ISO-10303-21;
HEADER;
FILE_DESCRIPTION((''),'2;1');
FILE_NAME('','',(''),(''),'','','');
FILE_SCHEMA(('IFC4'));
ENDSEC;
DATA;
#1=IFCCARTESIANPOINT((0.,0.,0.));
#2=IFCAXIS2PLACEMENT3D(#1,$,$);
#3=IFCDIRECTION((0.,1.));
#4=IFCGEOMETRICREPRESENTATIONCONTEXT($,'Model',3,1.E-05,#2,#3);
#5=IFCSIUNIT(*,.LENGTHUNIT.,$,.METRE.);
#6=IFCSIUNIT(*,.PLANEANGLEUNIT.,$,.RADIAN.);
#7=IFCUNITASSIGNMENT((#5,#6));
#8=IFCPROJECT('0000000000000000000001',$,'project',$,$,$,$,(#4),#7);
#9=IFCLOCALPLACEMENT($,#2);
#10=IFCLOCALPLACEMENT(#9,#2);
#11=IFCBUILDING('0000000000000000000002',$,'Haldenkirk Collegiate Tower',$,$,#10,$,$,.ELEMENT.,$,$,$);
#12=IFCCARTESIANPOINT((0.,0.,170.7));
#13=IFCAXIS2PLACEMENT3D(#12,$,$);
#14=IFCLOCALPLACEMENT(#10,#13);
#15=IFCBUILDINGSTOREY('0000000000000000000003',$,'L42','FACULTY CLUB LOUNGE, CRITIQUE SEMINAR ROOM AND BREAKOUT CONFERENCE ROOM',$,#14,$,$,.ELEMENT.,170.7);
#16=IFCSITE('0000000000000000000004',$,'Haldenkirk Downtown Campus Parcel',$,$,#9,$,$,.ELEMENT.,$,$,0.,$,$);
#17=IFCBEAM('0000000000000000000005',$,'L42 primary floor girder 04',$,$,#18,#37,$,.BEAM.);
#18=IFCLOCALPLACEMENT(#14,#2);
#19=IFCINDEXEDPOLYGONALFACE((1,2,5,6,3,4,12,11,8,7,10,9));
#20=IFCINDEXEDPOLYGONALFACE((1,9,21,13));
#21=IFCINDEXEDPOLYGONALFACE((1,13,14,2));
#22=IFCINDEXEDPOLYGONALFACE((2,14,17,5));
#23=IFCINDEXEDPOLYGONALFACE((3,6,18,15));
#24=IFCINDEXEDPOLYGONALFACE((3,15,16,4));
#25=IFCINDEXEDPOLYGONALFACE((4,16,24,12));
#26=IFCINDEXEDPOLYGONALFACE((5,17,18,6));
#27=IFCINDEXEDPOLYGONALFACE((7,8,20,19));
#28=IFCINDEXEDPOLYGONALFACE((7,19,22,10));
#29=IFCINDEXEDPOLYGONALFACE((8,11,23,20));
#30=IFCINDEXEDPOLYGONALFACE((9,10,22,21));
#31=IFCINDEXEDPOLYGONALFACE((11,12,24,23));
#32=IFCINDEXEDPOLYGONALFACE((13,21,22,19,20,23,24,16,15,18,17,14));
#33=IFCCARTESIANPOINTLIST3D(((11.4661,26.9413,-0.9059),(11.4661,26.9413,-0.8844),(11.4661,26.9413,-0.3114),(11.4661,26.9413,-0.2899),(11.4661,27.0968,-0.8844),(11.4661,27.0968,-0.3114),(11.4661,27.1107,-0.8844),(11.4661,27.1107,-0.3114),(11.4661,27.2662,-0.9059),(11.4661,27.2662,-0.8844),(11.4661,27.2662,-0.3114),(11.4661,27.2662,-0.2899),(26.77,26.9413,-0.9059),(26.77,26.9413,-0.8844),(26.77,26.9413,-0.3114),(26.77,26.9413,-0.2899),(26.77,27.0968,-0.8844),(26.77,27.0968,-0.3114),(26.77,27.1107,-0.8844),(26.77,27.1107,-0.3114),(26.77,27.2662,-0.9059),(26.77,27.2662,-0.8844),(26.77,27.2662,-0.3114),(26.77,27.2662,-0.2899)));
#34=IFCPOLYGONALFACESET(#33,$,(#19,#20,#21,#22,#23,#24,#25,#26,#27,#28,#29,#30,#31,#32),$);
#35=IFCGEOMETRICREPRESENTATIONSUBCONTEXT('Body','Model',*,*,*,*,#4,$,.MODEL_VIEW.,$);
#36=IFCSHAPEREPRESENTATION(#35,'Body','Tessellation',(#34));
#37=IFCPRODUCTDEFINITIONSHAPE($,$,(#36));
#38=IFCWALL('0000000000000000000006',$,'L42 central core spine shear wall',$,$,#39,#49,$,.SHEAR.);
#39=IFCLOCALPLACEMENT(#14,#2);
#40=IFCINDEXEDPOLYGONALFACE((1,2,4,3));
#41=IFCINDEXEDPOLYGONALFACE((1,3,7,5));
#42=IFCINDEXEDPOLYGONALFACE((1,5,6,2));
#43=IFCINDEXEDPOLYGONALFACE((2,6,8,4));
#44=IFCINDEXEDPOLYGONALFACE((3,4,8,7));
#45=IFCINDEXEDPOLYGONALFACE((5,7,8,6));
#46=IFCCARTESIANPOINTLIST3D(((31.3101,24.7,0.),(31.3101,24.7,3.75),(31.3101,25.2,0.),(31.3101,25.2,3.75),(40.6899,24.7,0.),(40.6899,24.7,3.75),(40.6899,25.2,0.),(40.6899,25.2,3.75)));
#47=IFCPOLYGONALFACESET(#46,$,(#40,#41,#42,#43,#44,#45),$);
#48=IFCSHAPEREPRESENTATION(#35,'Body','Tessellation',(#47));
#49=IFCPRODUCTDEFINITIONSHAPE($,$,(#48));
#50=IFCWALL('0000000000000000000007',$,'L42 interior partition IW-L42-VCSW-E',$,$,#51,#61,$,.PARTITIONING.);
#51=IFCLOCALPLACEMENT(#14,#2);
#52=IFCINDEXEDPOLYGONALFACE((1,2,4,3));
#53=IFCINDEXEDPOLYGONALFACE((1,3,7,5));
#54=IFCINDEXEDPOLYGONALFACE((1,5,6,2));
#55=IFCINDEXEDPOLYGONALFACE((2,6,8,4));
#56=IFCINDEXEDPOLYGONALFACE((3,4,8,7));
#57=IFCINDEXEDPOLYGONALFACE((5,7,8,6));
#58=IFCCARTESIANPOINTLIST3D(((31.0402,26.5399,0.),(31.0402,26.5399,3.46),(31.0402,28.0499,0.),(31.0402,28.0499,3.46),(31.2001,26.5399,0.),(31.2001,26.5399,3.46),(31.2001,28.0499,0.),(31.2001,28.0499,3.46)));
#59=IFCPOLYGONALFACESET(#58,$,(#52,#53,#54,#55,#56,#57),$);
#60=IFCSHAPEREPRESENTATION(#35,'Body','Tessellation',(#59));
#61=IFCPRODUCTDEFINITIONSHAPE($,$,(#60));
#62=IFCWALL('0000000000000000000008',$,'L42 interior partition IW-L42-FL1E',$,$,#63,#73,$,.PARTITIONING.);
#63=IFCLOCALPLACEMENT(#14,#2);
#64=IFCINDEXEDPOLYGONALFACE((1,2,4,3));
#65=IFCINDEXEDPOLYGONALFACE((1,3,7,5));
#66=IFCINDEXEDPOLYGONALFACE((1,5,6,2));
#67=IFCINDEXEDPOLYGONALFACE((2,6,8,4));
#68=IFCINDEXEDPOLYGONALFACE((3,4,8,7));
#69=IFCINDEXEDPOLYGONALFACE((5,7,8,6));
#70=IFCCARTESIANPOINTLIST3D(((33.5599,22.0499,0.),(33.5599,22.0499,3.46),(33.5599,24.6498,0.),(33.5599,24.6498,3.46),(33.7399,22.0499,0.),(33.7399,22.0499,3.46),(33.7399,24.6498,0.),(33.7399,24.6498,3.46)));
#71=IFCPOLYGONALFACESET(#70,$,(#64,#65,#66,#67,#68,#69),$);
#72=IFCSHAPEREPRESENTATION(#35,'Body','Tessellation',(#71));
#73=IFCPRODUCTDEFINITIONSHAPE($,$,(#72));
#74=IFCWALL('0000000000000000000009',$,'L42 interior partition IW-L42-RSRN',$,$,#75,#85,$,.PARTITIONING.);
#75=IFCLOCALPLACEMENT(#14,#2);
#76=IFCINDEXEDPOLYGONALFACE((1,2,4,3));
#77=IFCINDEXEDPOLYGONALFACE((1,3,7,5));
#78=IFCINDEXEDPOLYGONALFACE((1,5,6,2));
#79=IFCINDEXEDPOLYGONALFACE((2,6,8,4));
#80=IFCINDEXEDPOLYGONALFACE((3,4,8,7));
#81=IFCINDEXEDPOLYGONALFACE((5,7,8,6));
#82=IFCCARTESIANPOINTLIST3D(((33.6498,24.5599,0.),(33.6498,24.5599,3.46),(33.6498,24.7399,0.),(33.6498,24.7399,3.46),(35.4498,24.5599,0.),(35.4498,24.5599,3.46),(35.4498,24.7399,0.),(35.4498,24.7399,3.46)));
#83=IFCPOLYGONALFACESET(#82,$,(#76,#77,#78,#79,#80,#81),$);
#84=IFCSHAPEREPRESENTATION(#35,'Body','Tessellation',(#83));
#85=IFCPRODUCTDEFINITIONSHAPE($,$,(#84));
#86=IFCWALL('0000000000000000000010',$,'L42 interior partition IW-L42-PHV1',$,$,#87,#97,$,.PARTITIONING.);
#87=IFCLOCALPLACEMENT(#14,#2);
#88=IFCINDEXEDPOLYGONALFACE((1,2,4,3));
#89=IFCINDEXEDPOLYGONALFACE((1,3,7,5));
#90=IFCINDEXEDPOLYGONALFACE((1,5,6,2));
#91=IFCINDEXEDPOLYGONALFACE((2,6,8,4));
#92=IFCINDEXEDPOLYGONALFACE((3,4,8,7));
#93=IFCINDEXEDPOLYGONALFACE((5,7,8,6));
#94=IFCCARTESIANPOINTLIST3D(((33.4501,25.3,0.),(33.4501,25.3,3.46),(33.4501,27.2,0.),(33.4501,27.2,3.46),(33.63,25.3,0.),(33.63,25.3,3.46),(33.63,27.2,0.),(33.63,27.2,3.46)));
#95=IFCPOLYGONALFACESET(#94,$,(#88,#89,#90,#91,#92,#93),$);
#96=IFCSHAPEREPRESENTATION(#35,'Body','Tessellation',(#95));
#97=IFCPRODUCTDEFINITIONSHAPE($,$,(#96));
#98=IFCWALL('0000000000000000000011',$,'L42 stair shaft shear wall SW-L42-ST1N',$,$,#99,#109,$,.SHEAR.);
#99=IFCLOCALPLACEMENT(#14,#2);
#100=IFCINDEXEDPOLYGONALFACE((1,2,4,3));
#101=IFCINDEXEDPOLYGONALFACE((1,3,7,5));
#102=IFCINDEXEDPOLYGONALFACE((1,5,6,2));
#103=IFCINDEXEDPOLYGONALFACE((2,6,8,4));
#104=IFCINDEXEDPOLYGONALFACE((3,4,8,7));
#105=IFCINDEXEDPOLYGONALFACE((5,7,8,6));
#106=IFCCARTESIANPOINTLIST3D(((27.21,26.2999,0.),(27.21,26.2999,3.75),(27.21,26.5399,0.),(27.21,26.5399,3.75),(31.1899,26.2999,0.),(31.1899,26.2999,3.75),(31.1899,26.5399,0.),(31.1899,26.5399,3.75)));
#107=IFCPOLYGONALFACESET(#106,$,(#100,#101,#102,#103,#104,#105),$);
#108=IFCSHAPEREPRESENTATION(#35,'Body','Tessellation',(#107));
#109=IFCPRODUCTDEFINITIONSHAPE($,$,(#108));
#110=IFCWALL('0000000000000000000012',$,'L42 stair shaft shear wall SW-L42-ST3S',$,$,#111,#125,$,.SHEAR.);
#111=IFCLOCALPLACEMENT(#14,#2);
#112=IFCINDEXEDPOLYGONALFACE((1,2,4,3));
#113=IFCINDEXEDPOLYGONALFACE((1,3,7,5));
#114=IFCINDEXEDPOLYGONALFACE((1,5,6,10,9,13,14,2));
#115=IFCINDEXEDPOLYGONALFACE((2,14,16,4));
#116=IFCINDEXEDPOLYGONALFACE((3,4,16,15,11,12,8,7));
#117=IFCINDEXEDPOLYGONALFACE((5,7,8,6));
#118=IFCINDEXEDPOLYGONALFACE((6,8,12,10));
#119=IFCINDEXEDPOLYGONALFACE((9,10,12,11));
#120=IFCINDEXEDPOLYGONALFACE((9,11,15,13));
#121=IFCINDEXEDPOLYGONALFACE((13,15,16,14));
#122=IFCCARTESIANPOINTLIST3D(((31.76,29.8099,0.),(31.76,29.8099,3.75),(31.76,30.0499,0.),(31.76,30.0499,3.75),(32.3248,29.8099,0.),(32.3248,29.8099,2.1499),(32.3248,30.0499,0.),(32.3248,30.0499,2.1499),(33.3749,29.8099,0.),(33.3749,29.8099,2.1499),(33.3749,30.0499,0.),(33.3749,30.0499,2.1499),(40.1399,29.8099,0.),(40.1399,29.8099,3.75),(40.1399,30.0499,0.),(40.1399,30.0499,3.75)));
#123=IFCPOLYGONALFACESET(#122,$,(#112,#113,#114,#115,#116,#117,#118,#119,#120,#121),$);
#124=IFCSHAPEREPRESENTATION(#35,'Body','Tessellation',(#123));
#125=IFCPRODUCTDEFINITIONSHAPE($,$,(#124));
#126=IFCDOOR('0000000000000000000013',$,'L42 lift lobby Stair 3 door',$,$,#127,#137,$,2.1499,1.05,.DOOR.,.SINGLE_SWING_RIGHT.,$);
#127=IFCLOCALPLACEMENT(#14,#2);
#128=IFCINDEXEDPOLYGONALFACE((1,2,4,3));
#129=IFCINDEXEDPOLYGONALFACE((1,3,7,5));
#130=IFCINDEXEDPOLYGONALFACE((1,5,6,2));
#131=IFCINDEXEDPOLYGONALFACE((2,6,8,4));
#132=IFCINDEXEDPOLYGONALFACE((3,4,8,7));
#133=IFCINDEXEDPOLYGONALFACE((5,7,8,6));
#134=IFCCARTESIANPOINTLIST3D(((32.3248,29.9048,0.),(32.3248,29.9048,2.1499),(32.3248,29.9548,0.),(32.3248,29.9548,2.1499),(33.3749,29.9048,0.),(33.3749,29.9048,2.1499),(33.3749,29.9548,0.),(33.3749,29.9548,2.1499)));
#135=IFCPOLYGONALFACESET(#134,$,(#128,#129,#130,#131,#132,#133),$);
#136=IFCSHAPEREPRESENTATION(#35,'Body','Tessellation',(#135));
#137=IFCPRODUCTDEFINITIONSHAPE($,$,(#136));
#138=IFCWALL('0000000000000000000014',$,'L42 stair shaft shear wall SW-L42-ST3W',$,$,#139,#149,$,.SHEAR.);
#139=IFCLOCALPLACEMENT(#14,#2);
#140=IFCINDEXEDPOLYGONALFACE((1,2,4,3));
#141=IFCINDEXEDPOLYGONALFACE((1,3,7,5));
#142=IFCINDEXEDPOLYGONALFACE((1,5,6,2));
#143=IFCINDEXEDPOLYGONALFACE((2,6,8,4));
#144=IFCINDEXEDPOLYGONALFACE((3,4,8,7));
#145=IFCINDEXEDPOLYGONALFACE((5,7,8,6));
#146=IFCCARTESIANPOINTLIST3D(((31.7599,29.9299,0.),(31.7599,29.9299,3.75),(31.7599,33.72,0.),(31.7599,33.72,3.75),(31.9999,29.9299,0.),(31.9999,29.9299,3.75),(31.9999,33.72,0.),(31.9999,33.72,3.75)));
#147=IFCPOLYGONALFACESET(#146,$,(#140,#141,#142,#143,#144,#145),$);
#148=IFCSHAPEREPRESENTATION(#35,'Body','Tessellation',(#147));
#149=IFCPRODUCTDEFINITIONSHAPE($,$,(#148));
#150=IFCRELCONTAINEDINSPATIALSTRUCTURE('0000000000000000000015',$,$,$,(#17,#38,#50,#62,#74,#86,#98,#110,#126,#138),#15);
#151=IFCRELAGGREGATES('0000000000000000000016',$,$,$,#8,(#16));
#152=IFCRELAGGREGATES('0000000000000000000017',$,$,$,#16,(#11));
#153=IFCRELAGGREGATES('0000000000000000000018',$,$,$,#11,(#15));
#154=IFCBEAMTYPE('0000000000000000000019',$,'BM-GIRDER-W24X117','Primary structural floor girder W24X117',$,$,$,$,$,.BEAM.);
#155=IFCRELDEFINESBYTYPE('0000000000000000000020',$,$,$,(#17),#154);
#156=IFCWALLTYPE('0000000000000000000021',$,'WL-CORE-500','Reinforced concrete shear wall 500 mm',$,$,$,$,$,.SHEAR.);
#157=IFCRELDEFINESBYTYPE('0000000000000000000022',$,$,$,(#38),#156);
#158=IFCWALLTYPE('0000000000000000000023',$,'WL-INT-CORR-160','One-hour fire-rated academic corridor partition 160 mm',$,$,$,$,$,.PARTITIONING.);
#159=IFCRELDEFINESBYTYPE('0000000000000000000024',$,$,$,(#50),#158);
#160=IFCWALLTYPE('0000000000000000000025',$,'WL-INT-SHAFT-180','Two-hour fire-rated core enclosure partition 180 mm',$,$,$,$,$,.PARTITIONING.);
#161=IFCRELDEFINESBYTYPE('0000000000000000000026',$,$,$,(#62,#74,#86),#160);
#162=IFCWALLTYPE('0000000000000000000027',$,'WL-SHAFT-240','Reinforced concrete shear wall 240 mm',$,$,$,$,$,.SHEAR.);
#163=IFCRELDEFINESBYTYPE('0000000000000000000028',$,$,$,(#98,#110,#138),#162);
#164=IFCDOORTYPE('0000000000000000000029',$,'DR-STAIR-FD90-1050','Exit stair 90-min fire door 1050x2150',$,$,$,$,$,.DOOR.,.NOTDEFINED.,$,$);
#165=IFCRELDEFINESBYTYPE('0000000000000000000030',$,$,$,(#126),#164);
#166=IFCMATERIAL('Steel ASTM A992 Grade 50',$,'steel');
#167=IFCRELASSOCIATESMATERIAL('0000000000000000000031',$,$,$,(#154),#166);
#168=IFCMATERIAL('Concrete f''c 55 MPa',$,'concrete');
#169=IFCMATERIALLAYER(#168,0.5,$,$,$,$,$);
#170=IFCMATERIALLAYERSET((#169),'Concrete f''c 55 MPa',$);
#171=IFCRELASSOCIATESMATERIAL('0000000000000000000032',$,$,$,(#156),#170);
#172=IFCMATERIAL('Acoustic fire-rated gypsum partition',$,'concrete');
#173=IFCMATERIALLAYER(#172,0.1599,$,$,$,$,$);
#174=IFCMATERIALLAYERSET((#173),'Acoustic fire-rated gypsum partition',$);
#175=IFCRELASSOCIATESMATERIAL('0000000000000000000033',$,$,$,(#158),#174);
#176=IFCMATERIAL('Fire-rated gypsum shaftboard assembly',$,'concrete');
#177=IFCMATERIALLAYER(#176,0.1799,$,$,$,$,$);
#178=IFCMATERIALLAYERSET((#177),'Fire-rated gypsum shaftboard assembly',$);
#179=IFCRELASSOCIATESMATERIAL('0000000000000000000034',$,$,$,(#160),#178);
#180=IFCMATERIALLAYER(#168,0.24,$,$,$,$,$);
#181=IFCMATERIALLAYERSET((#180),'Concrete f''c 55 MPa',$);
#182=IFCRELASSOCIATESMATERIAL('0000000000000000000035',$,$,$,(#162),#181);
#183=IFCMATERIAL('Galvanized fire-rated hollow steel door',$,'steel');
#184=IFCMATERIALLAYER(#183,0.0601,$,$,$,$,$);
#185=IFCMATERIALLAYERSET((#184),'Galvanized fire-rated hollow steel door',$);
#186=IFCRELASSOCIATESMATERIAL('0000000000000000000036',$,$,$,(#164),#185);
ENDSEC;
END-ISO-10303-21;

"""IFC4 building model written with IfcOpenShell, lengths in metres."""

from ifc_helpers import new_model, si_unit, direction, frame, frame_2d, origin, origin_2d, place, context, subcontext, project, spatial, rectangle, i_section, extrude, material, layer, layer_set, material_profile, profile_set, type_object, element, fill, save


model = new_model("IFC4")

# Units and contexts
model_context = context("Model", 3, precision=1e-05, world=origin(), true_north=direction((0.0, 1.0)))
body_context = subcontext(model_context, "Body", "Model", "MODEL_VIEW")
ifc_project = project(units=[si_unit("LENGTHUNIT", "METRE"), si_unit("PLANEANGLEUNIT", "RADIAN")], contexts=[model_context])

# Site, building, storey
site_placement = place(None, origin())
site = spatial("IfcSite", under=ifc_project, at=site_placement, Name="Haldenkirk Downtown Campus Parcel", CompositionType="ELEMENT", RefElevation=0.0)
building_placement = place(site_placement, origin())
building = spatial("IfcBuilding", under=site, at=building_placement, Name="Haldenkirk Collegiate Tower", CompositionType="ELEMENT")
storey_placement = place(building_placement, frame((0.0, 0.0, 170.7)))
storey = spatial("IfcBuildingStorey", under=building, at=storey_placement, Name="L42", Description="FACULTY CLUB LOUNGE, CRITIQUE SEMINAR ROOM AND BREAKOUT CONFERENCE ROOM", CompositionType="ELEMENT", Elevation=170.7)

# Beam
ifc_material_1 = material(Name="Steel ASTM A992 Grade 50", Category="steel")
ifc_material_profile = material_profile(ifc_material_1, i_section(OverallWidth=0.325, OverallDepth=0.616, WebThickness=0.0139, FlangeThickness=0.0215, at=origin_2d()), Name="W24X117")
ifc_profile_set = profile_set([ifc_material_profile], Name="Steel ASTM A992 Grade 50")
beam_type = type_object("IfcBeamType", Name="BM-GIRDER-W24X117", Description="Primary structural floor girder W24X117", PredefinedType="BEAM", material=ifc_profile_set)
beam_placement = place(storey_placement, frame((11.4661, 27.1038, -0.5979), z_axis=(1.0, 0.0, 0.0), x_axis=(0.0, 1.0, 0.0)))
element("IfcBeam", 1, at=beam_placement, inside=storey, type_object=beam_type, Name="L42 primary floor girder 04", PredefinedType="BEAM", context=body_context, shape_type="SweptSolid", body=[
    extrude(i_section(OverallWidth=0.325, OverallDepth=0.616, WebThickness=0.0139, FlangeThickness=0.0215, at=origin_2d()), origin(), (0.0, 0.0, 1.0), 15.304),
])

# Wall
ifc_material_2 = material(Name="Concrete f'c 55 MPa", Category="concrete")
ifc_layer_1 = layer(ifc_material_2, 0.5)
ifc_layer_set_1 = layer_set([ifc_layer_1], Name="Concrete f'c 55 MPa")
wall_type_1 = type_object("IfcWallType", Name="WL-CORE-500", Description="Reinforced concrete shear wall 500 mm", PredefinedType="SHEAR", material=ifc_layer_set_1)
wall_1_placement = place(storey_placement, frame((31.3101, 24.95, 0.0), z_axis=(0.0, 0.0, 1.0), x_axis=(1.0, 0.0, 0.0)))
element("IfcWall", 2, at=wall_1_placement, inside=storey, type_object=wall_type_1, Name="L42 central core spine shear wall", PredefinedType="SHEAR", context=body_context, shape_type="SweptSolid", body=[
    extrude(rectangle(XDim=9.3799, YDim=0.5, at=frame_2d((4.6899, 0.0))), origin(), (0.0, 0.0, 1.0), 3.75),
])

# Shared definitions
ifc_material_3 = material(Name="Acoustic fire-rated gypsum partition", Category="concrete")
ifc_layer_2 = layer(ifc_material_3, 0.1599)
ifc_layer_set_2 = layer_set([ifc_layer_2], Name="Acoustic fire-rated gypsum partition")
wall_type_2 = type_object("IfcWallType", Name="WL-INT-CORR-160", Description="One-hour fire-rated academic corridor partition 160 mm", PredefinedType="PARTITIONING", material=ifc_layer_set_2)

# Wall
wall_2_placement = place(storey_placement, frame((31.1201, 26.54, 0.0), z_axis=(0.0, 0.0, 1.0), x_axis=(0.0, 1.0, 0.0)))
element("IfcWall", 3, at=wall_2_placement, inside=storey, type_object=wall_type_2, Name="L42 interior partition IW-L42-VCSW-E", PredefinedType="PARTITIONING", context=body_context, shape_type="SweptSolid", body=[
    extrude(rectangle(XDim=1.51, YDim=0.1599, at=frame_2d((0.7549, 0.0))), origin(), (0.0, 0.0, 1.0), 3.46),
])

# Walls
ifc_material_4 = material(Name="Fire-rated gypsum shaftboard assembly", Category="concrete")
ifc_layer_3 = layer(ifc_material_4, 0.1799)
ifc_layer_set_3 = layer_set([ifc_layer_3], Name="Fire-rated gypsum shaftboard assembly")
wall_type_3 = type_object("IfcWallType", Name="WL-INT-SHAFT-180", Description="Two-hour fire-rated core enclosure partition 180 mm", PredefinedType="PARTITIONING", material=ifc_layer_set_3)
wall_3_placement = place(storey_placement, frame((33.6499, 22.05, 0.0), z_axis=(0.0, 0.0, 1.0), x_axis=(0.0, 1.0, 0.0)))
element("IfcWall", 4, at=wall_3_placement, inside=storey, type_object=wall_type_3, Name="L42 interior partition IW-L42-FL1E", PredefinedType="PARTITIONING", context=body_context, shape_type="SweptSolid", body=[
    extrude(rectangle(XDim=2.5999, YDim=0.1799, at=frame_2d((1.2998, 0.0))), origin(), (0.0, 0.0, 1.0), 3.46),
])
wall_4_placement = place(storey_placement, frame((33.6499, 24.6499, 0.0), z_axis=(0.0, 0.0, 1.0), x_axis=(1.0, 0.0, 0.0)))
element("IfcWall", 5, at=wall_4_placement, inside=storey, type_object=wall_type_3, Name="L42 interior partition IW-L42-RSRN", PredefinedType="PARTITIONING", context=body_context, shape_type="SweptSolid", body=[
    extrude(rectangle(XDim=1.8, YDim=0.1799, at=frame_2d((0.8999, 0.0))), origin(), (0.0, 0.0, 1.0), 3.46),
])

# Wall
wall_5_placement = place(storey_placement, frame((33.54, 25.3, 0.0), z_axis=(0.0, 0.0, 1.0), x_axis=(0.0, 1.0, 0.0)))
element("IfcWall", 6, at=wall_5_placement, inside=storey, type_object=wall_type_3, Name="L42 interior partition IW-L42-PHV1", PredefinedType="PARTITIONING", context=body_context, shape_type="SweptSolid", body=[
    extrude(rectangle(XDim=1.8999, YDim=0.1799, at=frame_2d((0.95, 0.0))), origin(), (0.0, 0.0, 1.0), 3.46),
])

# Shared definitions
ifc_material_5 = material(Name="Galvanized fire-rated hollow steel door", Category="steel")

# Wall
ifc_layer_4 = layer(ifc_material_2, 0.24)
ifc_layer_set_4 = layer_set([ifc_layer_4], Name="Concrete f'c 55 MPa")
wall_type_4 = type_object("IfcWallType", Name="WL-SHAFT-240", Description="Reinforced concrete shear wall 240 mm", PredefinedType="SHEAR", material=ifc_layer_set_4)
wall_6_placement = place(storey_placement, frame((27.21, 26.4199, 0.0), z_axis=(0.0, 0.0, 1.0), x_axis=(1.0, 0.0, 0.0)))
element("IfcWall", 7, at=wall_6_placement, inside=storey, type_object=wall_type_4, Name="L42 stair shaft shear wall SW-L42-ST1N", PredefinedType="SHEAR", context=body_context, shape_type="SweptSolid", body=[
    extrude(rectangle(XDim=3.98, YDim=0.24, at=frame_2d((1.99, 0.0))), origin(), (0.0, 0.0, 1.0), 3.75),
])

# Wall, opening, door
wall_7_placement = place(storey_placement, frame((31.76, 29.9299, 0.0), z_axis=(0.0, 0.0, 1.0), x_axis=(1.0, 0.0, 0.0)))
wall_7 = element("IfcWall", 8, at=wall_7_placement, inside=storey, type_object=wall_type_4, Name="L42 stair shaft shear wall SW-L42-ST3S", PredefinedType="SHEAR", context=body_context, shape_type="SweptSolid", body=[
    extrude(rectangle(XDim=8.3799, YDim=0.24, at=frame_2d((4.1899, 0.0))), origin(), (0.0, 0.0, 1.0), 3.75),
])
opening_1_placement = place(wall_7_placement, frame((0.5649, 0.0, 0.0)))
opening_1 = element("IfcOpeningElement", 9, at=opening_1_placement, cuts=wall_7, PredefinedType="OPENING", context=body_context, shape_type="SweptSolid", body=[
    extrude(rectangle(XDim=1.05, YDim=2.1499, at=frame_2d((0.5249, 1.075))), frame((0.0, 0.1299, 0.0), z_axis=(0.0, -1.0, 0.0), x_axis=(1.0, 0.0, 0.0)), (0.0, 0.0, 1.0), 0.26),
])
ifc_layer_5 = layer(ifc_material_5, 0.0601)
ifc_layer_set_5 = layer_set([ifc_layer_5], Name="Galvanized fire-rated hollow steel door")
door_type_1 = type_object("IfcDoorType", Name="DR-STAIR-FD90-1050", Description="Exit stair 90-min fire door 1050x2150", OperationType="NOTDEFINED", PredefinedType="DOOR", material=ifc_layer_set_5)
door_1_placement = place(opening_1_placement, origin())
door_1 = element("IfcDoor", 10, at=door_1_placement, inside=storey, type_object=door_type_1, Name="L42 lift lobby Stair 3 door", OperationType="SINGLE_SWING_RIGHT", OverallHeight=2.1499, OverallWidth=1.05, PredefinedType="DOOR", context=body_context, shape_type="SweptSolid", body=[
    extrude(rectangle(XDim=1.05, YDim=2.1499, at=frame_2d((0.5249, 1.075))), frame((0.0, 0.0249, 0.0), z_axis=(0.0, -1.0, 0.0), x_axis=(1.0, 0.0, 0.0)), (0.0, 0.0, 1.0), 0.05),
])
fill(opening_1, door_1)

# Wall
wall_8_placement = place(storey_placement, frame((31.8799, 29.9299, 0.0), z_axis=(0.0, 0.0, 1.0), x_axis=(0.0, 1.0, 0.0)))
element("IfcWall", 11, at=wall_8_placement, inside=storey, type_object=wall_type_4, Name="L42 stair shaft shear wall SW-L42-ST3W", PredefinedType="SHEAR", context=body_context, shape_type="SweptSolid", body=[
    extrude(rectangle(XDim=3.79, YDim=0.24, at=frame_2d((1.895, 0.0))), origin(), (0.0, 0.0, 1.0), 3.75),
])

save(model, "model.ifc")
